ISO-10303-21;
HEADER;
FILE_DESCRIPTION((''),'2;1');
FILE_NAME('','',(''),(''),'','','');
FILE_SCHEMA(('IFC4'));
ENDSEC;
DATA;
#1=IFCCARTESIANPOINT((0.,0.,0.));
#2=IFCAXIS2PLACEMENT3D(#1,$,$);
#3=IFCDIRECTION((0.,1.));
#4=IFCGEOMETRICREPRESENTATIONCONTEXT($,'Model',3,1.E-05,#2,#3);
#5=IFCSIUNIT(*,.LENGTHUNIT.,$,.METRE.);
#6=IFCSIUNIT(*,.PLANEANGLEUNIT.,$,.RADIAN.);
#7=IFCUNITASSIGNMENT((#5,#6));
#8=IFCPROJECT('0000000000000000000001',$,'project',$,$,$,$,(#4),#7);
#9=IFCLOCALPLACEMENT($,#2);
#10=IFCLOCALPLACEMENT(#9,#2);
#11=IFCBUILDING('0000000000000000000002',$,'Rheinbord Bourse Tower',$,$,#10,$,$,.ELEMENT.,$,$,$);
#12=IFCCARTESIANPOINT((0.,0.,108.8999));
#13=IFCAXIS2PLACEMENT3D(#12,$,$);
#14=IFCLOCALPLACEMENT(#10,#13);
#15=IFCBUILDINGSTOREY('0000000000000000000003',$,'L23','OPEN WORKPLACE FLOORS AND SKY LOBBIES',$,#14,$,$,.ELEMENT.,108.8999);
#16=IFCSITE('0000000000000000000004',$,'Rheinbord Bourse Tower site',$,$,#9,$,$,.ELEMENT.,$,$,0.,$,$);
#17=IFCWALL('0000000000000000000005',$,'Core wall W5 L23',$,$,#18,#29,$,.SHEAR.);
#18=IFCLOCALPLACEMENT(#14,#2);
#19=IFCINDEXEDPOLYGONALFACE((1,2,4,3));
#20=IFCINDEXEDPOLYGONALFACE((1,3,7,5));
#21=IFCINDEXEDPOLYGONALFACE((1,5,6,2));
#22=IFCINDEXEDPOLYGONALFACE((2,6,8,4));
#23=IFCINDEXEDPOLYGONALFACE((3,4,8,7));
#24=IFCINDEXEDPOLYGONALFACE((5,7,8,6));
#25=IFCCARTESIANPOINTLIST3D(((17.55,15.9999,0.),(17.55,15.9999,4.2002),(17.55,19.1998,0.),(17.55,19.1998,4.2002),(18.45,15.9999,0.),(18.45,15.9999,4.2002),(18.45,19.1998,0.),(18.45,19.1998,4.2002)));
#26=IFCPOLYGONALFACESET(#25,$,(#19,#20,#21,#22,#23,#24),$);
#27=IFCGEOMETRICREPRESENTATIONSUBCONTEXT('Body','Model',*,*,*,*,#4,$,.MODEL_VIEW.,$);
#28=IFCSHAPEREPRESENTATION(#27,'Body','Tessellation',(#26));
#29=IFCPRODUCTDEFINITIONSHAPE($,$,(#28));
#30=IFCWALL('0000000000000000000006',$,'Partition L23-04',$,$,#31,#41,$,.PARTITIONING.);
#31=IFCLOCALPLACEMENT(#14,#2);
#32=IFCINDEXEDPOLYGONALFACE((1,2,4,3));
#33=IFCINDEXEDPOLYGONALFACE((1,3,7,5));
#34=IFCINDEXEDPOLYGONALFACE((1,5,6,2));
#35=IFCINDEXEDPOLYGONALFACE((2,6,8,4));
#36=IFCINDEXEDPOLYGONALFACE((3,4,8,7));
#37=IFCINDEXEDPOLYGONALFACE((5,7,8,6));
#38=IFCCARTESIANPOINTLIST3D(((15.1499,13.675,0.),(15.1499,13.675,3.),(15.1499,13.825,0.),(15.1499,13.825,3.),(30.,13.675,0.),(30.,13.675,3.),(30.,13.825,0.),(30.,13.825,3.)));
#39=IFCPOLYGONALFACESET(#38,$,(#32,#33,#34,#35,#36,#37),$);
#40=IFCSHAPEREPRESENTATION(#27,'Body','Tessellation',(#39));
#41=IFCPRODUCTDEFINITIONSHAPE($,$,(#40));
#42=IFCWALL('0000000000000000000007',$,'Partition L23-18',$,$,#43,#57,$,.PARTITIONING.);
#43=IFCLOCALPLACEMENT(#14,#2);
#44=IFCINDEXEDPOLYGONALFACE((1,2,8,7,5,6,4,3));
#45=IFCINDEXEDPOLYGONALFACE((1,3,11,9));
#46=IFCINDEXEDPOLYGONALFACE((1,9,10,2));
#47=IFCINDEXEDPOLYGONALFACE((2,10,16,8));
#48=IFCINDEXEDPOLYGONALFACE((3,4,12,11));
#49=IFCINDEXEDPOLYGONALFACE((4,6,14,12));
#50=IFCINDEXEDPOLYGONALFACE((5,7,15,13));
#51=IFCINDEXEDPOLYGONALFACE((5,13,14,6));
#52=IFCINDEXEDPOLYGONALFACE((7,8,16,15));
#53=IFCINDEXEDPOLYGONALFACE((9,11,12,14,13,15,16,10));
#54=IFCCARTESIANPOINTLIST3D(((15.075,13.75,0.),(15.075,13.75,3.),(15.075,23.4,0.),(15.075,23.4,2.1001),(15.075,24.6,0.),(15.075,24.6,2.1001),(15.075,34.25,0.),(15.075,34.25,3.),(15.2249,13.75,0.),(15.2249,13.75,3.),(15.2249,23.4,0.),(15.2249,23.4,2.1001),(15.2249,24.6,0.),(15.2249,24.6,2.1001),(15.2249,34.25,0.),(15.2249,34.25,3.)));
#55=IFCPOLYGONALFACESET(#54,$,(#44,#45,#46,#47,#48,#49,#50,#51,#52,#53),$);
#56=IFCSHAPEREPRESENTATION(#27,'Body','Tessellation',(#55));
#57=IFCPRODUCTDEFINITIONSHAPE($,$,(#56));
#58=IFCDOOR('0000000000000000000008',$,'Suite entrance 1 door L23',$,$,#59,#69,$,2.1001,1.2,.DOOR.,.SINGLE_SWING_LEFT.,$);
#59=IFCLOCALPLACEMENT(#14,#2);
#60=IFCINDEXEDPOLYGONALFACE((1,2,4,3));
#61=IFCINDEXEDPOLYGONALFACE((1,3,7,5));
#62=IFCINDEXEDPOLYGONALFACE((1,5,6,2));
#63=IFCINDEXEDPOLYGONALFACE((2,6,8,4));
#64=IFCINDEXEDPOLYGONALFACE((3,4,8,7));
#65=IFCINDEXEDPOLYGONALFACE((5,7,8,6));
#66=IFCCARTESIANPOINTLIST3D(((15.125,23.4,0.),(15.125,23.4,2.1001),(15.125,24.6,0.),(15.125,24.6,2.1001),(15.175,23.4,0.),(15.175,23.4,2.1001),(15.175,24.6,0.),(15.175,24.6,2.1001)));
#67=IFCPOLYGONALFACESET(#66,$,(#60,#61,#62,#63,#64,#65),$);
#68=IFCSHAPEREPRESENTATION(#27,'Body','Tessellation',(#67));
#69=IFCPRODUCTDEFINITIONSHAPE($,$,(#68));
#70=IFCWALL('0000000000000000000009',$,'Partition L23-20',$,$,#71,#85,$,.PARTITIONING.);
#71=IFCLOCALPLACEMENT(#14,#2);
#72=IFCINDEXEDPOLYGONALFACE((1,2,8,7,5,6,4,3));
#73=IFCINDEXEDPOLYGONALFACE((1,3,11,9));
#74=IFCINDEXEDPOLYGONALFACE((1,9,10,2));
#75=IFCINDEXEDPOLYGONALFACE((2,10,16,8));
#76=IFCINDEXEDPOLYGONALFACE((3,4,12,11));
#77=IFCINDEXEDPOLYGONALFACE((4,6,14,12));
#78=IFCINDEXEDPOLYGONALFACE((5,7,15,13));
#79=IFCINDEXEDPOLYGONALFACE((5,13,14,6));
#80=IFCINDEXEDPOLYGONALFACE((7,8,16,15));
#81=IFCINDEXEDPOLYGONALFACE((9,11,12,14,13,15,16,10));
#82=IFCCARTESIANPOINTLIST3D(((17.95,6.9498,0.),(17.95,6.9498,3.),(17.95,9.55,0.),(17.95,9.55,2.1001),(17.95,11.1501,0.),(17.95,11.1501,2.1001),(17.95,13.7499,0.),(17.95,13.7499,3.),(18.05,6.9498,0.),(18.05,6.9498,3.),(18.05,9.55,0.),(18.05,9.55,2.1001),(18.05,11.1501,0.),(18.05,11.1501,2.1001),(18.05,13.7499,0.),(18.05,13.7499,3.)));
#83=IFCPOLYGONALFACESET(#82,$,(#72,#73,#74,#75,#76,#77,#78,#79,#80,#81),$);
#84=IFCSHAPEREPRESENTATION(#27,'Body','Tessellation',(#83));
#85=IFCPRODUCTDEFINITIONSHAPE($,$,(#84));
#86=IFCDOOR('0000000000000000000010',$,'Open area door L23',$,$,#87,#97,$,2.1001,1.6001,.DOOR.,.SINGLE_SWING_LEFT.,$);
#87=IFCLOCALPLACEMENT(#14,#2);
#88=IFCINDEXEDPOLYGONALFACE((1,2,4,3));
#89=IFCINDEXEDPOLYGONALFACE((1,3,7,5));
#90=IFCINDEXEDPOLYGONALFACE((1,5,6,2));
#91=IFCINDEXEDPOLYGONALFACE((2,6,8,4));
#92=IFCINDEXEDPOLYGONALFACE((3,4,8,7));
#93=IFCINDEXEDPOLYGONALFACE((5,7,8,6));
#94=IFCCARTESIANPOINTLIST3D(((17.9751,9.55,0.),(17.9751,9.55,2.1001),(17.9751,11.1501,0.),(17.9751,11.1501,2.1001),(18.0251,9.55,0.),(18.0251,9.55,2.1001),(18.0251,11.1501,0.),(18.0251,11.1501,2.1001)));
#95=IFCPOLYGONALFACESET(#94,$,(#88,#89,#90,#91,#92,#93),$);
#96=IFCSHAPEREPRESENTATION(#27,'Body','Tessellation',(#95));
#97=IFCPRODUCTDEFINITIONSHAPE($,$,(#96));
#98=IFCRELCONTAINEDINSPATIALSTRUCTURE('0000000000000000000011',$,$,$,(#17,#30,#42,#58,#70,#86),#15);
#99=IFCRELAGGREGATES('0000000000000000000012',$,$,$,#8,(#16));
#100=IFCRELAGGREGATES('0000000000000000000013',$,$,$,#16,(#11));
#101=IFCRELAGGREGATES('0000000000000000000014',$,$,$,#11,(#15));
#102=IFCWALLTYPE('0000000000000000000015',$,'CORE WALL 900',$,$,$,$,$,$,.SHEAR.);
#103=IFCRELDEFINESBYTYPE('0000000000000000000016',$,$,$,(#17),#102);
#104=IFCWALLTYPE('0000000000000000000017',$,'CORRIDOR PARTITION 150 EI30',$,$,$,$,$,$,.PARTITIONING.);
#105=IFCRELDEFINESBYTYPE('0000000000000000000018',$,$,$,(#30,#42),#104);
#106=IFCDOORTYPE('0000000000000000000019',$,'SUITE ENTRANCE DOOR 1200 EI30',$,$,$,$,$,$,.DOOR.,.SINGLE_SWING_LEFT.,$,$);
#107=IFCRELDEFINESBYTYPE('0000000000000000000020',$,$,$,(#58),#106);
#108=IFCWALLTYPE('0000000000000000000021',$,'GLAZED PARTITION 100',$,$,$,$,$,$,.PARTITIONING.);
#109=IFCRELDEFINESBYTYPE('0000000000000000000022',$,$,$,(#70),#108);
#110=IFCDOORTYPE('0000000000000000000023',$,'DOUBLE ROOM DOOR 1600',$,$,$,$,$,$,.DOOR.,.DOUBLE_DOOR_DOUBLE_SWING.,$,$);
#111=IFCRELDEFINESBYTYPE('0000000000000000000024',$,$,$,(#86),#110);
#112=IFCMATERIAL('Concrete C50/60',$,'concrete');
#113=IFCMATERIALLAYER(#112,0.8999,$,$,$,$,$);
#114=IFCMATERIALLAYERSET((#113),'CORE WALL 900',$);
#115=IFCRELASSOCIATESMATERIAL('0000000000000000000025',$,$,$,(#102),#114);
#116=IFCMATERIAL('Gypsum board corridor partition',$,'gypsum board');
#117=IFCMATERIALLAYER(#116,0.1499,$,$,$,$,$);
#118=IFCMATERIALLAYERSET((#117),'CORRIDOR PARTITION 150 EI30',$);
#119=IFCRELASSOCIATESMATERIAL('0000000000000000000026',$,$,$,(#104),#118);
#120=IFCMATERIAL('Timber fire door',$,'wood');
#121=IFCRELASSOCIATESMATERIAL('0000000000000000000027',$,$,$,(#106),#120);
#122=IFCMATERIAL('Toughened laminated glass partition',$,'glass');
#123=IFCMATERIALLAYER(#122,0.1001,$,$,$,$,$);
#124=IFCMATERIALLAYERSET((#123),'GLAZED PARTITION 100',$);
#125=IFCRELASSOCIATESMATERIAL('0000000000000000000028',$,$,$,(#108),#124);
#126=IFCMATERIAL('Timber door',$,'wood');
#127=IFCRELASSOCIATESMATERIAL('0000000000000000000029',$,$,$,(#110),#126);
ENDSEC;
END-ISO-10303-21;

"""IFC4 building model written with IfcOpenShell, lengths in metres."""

from ifc_helpers import new_model, si_unit, direction, frame, frame_2d, origin, place, context, subcontext, project, spatial, rectangle, extrude, material, layer, layer_set, type_object, element, fill, save


model = new_model("IFC4")

# Units and contexts
model_context = context("Model", 3, precision=1e-05, world=origin(), true_north=direction((0.0, 1.0)))
body_context = subcontext(model_context, "Body", "Model", "MODEL_VIEW")
ifc_project = project(units=[si_unit("LENGTHUNIT", "METRE"), si_unit("PLANEANGLEUNIT", "RADIAN")], contexts=[model_context])

# Site, building, storey
site_placement = place(None, origin())
site = spatial("IfcSite", under=ifc_project, at=site_placement, Name="Rheinbord Bourse Tower site", CompositionType="ELEMENT", RefElevation=0.0)
building_placement = place(site_placement, origin())
building = spatial("IfcBuilding", under=site, at=building_placement, Name="Rheinbord Bourse Tower", CompositionType="ELEMENT")
storey_placement = place(building_placement, frame((0.0, 0.0, 108.8999)))
storey = spatial("IfcBuildingStorey", under=building, at=storey_placement, Name="L23", Description="OPEN WORKPLACE FLOORS AND SKY LOBBIES", CompositionType="ELEMENT", Elevation=108.8999)

# Shared definitions
ifc_material_1 = material(Name="Concrete C50/60", Category="concrete")
ifc_layer_1 = layer(ifc_material_1, 0.8999)
ifc_layer_set_1 = layer_set([ifc_layer_1], Name="CORE WALL 900")
wall_type_1 = type_object("IfcWallType", Name="CORE WALL 900", PredefinedType="SHEAR", material=ifc_layer_set_1)

# Walls
wall_1_placement = place(storey_placement, frame((18.0, 19.2, 0.0), z_axis=(0.0, 0.0, 1.0), x_axis=(0.0, -1.0, 0.0)))
element("IfcWall", 1, at=wall_1_placement, inside=storey, type_object=wall_type_1, Name="Core wall W5 L23", PredefinedType="SHEAR", context=body_context, shape_type="SweptSolid", body=[
    extrude(rectangle(XDim=3.2, YDim=0.8999, at=frame_2d((1.6001, 0.0))), origin(), (0.0, 0.0, 1.0), 4.2002),
])
ifc_material_2 = material(Name="Gypsum board corridor partition", Category="gypsum board")
ifc_layer_2 = layer(ifc_material_2, 0.1499)
ifc_layer_set_2 = layer_set([ifc_layer_2], Name="CORRIDOR PARTITION 150 EI30")
wall_type_2 = type_object("IfcWallType", Name="CORRIDOR PARTITION 150 EI30", PredefinedType="PARTITIONING", material=ifc_layer_set_2)
wall_2_placement = place(storey_placement, frame((15.1499, 13.75, 0.0), z_axis=(0.0, 0.0, 1.0), x_axis=(1.0, 0.0, 0.0)))
element("IfcWall", 2, at=wall_2_placement, inside=storey, type_object=wall_type_2, Name="Partition L23-04", PredefinedType="PARTITIONING", context=body_context, shape_type="SweptSolid", body=[
    extrude(rectangle(XDim=14.8501, YDim=0.1499, at=frame_2d((7.425, 0.0))), origin(), (0.0, 0.0, 1.0), 3.0),
])

# Walls, openings, doors
wall_3_placement = place(storey_placement, frame((15.1499, 13.75, 0.0), z_axis=(0.0, 0.0, 1.0), x_axis=(0.0, 1.0, 0.0)))
wall_3 = element("IfcWall", 3, at=wall_3_placement, inside=storey, type_object=wall_type_2, Name="Partition L23-18", PredefinedType="PARTITIONING", context=body_context, shape_type="SweptSolid", body=[
    extrude(rectangle(XDim=20.5, YDim=0.1499, at=frame_2d((10.25, 0.0))), origin(), (0.0, 0.0, 1.0), 3.0),
])
opening_1_placement = place(wall_3_placement, frame((9.6499, 0.0, 0.0)))
opening_1 = element("IfcOpeningElement", 4, at=opening_1_placement, cuts=wall_3, PredefinedType="OPENING", context=body_context, shape_type="SweptSolid", body=[
    extrude(rectangle(XDim=1.2, YDim=2.1001, at=frame_2d((0.6001, 1.05))), frame((0.0, 0.085, 0.0), z_axis=(0.0, -1.0, 0.0), x_axis=(1.0, 0.0, 0.0)), (0.0, 0.0, 1.0), 0.1699),
])
ifc_material_3 = material(Name="Timber fire door", Category="wood")
door_type_1 = type_object("IfcDoorType", Name="SUITE ENTRANCE DOOR 1200 EI30", OperationType="SINGLE_SWING_LEFT", PredefinedType="DOOR", material=ifc_material_3)
door_1_placement = place(opening_1_placement, origin())
door_1 = element("IfcDoor", 5, at=door_1_placement, inside=storey, type_object=door_type_1, Name="Suite entrance 1 door L23", OperationType="SINGLE_SWING_LEFT", OverallHeight=2.1001, OverallWidth=1.2, PredefinedType="DOOR", context=body_context, shape_type="SweptSolid", body=[
    extrude(rectangle(XDim=1.2, YDim=2.1001, at=frame_2d((0.6001, 1.05))), frame((0.0, 0.0249, 0.0), z_axis=(0.0, -1.0, 0.0), x_axis=(1.0, 0.0, 0.0)), (0.0, 0.0, 1.0), 0.05),
])
fill(opening_1, door_1)
ifc_material_4 = material(Name="Toughened laminated glass partition", Category="glass")
ifc_layer_3 = layer(ifc_material_4, 0.1001)
ifc_layer_set_3 = layer_set([ifc_layer_3], Name="GLAZED PARTITION 100")
wall_type_3 = type_object("IfcWallType", Name="GLAZED PARTITION 100", PredefinedType="PARTITIONING", material=ifc_layer_set_3)
wall_4_placement = place(storey_placement, frame((18.0, 6.95, 0.0), z_axis=(0.0, 0.0, 1.0), x_axis=(0.0, 1.0, 0.0)))
wall_4 = element("IfcWall", 6, at=wall_4_placement, inside=storey, type_object=wall_type_3, Name="Partition L23-20", PredefinedType="PARTITIONING", context=body_context, shape_type="SweptSolid", body=[
    extrude(rectangle(XDim=6.8, YDim=0.1001, at=frame_2d((3.3999, 0.0))), origin(), (0.0, 0.0, 1.0), 3.0),
])
opening_2_placement = place(wall_4_placement, frame((2.6001, 0.0, 0.0)))
opening_2 = element("IfcOpeningElement", 7, at=opening_2_placement, cuts=wall_4, PredefinedType="OPENING", context=body_context, shape_type="SweptSolid", body=[
    extrude(rectangle(XDim=1.6001, YDim=2.1001, at=frame_2d((0.8, 1.05))), frame((0.0, 0.0601, 0.0), z_axis=(0.0, -1.0, 0.0), x_axis=(1.0, 0.0, 0.0)), (0.0, 0.0, 1.0), 0.1201),
])
ifc_material_5 = material(Name="Timber door", Category="wood")
door_type_2 = type_object("IfcDoorType", Name="DOUBLE ROOM DOOR 1600", OperationType="DOUBLE_DOOR_DOUBLE_SWING", PredefinedType="DOOR", material=ifc_material_5)
door_2_placement = place(opening_2_placement, origin())
door_2 = element("IfcDoor", 8, at=door_2_placement, inside=storey, type_object=door_type_2, Name="Open area door L23", OperationType="SINGLE_SWING_LEFT", OverallHeight=2.1001, OverallWidth=1.6001, PredefinedType="DOOR", context=body_context, shape_type="SweptSolid", body=[
    extrude(rectangle(XDim=1.6001, YDim=2.1001, at=frame_2d((0.8, 1.05))), frame((0.0, 0.0249, 0.0), z_axis=(0.0, -1.0, 0.0), x_axis=(1.0, 0.0, 0.0)), (0.0, 0.0, 1.0), 0.05),
])
fill(opening_2, door_2)

save(model, "model.ifc")
